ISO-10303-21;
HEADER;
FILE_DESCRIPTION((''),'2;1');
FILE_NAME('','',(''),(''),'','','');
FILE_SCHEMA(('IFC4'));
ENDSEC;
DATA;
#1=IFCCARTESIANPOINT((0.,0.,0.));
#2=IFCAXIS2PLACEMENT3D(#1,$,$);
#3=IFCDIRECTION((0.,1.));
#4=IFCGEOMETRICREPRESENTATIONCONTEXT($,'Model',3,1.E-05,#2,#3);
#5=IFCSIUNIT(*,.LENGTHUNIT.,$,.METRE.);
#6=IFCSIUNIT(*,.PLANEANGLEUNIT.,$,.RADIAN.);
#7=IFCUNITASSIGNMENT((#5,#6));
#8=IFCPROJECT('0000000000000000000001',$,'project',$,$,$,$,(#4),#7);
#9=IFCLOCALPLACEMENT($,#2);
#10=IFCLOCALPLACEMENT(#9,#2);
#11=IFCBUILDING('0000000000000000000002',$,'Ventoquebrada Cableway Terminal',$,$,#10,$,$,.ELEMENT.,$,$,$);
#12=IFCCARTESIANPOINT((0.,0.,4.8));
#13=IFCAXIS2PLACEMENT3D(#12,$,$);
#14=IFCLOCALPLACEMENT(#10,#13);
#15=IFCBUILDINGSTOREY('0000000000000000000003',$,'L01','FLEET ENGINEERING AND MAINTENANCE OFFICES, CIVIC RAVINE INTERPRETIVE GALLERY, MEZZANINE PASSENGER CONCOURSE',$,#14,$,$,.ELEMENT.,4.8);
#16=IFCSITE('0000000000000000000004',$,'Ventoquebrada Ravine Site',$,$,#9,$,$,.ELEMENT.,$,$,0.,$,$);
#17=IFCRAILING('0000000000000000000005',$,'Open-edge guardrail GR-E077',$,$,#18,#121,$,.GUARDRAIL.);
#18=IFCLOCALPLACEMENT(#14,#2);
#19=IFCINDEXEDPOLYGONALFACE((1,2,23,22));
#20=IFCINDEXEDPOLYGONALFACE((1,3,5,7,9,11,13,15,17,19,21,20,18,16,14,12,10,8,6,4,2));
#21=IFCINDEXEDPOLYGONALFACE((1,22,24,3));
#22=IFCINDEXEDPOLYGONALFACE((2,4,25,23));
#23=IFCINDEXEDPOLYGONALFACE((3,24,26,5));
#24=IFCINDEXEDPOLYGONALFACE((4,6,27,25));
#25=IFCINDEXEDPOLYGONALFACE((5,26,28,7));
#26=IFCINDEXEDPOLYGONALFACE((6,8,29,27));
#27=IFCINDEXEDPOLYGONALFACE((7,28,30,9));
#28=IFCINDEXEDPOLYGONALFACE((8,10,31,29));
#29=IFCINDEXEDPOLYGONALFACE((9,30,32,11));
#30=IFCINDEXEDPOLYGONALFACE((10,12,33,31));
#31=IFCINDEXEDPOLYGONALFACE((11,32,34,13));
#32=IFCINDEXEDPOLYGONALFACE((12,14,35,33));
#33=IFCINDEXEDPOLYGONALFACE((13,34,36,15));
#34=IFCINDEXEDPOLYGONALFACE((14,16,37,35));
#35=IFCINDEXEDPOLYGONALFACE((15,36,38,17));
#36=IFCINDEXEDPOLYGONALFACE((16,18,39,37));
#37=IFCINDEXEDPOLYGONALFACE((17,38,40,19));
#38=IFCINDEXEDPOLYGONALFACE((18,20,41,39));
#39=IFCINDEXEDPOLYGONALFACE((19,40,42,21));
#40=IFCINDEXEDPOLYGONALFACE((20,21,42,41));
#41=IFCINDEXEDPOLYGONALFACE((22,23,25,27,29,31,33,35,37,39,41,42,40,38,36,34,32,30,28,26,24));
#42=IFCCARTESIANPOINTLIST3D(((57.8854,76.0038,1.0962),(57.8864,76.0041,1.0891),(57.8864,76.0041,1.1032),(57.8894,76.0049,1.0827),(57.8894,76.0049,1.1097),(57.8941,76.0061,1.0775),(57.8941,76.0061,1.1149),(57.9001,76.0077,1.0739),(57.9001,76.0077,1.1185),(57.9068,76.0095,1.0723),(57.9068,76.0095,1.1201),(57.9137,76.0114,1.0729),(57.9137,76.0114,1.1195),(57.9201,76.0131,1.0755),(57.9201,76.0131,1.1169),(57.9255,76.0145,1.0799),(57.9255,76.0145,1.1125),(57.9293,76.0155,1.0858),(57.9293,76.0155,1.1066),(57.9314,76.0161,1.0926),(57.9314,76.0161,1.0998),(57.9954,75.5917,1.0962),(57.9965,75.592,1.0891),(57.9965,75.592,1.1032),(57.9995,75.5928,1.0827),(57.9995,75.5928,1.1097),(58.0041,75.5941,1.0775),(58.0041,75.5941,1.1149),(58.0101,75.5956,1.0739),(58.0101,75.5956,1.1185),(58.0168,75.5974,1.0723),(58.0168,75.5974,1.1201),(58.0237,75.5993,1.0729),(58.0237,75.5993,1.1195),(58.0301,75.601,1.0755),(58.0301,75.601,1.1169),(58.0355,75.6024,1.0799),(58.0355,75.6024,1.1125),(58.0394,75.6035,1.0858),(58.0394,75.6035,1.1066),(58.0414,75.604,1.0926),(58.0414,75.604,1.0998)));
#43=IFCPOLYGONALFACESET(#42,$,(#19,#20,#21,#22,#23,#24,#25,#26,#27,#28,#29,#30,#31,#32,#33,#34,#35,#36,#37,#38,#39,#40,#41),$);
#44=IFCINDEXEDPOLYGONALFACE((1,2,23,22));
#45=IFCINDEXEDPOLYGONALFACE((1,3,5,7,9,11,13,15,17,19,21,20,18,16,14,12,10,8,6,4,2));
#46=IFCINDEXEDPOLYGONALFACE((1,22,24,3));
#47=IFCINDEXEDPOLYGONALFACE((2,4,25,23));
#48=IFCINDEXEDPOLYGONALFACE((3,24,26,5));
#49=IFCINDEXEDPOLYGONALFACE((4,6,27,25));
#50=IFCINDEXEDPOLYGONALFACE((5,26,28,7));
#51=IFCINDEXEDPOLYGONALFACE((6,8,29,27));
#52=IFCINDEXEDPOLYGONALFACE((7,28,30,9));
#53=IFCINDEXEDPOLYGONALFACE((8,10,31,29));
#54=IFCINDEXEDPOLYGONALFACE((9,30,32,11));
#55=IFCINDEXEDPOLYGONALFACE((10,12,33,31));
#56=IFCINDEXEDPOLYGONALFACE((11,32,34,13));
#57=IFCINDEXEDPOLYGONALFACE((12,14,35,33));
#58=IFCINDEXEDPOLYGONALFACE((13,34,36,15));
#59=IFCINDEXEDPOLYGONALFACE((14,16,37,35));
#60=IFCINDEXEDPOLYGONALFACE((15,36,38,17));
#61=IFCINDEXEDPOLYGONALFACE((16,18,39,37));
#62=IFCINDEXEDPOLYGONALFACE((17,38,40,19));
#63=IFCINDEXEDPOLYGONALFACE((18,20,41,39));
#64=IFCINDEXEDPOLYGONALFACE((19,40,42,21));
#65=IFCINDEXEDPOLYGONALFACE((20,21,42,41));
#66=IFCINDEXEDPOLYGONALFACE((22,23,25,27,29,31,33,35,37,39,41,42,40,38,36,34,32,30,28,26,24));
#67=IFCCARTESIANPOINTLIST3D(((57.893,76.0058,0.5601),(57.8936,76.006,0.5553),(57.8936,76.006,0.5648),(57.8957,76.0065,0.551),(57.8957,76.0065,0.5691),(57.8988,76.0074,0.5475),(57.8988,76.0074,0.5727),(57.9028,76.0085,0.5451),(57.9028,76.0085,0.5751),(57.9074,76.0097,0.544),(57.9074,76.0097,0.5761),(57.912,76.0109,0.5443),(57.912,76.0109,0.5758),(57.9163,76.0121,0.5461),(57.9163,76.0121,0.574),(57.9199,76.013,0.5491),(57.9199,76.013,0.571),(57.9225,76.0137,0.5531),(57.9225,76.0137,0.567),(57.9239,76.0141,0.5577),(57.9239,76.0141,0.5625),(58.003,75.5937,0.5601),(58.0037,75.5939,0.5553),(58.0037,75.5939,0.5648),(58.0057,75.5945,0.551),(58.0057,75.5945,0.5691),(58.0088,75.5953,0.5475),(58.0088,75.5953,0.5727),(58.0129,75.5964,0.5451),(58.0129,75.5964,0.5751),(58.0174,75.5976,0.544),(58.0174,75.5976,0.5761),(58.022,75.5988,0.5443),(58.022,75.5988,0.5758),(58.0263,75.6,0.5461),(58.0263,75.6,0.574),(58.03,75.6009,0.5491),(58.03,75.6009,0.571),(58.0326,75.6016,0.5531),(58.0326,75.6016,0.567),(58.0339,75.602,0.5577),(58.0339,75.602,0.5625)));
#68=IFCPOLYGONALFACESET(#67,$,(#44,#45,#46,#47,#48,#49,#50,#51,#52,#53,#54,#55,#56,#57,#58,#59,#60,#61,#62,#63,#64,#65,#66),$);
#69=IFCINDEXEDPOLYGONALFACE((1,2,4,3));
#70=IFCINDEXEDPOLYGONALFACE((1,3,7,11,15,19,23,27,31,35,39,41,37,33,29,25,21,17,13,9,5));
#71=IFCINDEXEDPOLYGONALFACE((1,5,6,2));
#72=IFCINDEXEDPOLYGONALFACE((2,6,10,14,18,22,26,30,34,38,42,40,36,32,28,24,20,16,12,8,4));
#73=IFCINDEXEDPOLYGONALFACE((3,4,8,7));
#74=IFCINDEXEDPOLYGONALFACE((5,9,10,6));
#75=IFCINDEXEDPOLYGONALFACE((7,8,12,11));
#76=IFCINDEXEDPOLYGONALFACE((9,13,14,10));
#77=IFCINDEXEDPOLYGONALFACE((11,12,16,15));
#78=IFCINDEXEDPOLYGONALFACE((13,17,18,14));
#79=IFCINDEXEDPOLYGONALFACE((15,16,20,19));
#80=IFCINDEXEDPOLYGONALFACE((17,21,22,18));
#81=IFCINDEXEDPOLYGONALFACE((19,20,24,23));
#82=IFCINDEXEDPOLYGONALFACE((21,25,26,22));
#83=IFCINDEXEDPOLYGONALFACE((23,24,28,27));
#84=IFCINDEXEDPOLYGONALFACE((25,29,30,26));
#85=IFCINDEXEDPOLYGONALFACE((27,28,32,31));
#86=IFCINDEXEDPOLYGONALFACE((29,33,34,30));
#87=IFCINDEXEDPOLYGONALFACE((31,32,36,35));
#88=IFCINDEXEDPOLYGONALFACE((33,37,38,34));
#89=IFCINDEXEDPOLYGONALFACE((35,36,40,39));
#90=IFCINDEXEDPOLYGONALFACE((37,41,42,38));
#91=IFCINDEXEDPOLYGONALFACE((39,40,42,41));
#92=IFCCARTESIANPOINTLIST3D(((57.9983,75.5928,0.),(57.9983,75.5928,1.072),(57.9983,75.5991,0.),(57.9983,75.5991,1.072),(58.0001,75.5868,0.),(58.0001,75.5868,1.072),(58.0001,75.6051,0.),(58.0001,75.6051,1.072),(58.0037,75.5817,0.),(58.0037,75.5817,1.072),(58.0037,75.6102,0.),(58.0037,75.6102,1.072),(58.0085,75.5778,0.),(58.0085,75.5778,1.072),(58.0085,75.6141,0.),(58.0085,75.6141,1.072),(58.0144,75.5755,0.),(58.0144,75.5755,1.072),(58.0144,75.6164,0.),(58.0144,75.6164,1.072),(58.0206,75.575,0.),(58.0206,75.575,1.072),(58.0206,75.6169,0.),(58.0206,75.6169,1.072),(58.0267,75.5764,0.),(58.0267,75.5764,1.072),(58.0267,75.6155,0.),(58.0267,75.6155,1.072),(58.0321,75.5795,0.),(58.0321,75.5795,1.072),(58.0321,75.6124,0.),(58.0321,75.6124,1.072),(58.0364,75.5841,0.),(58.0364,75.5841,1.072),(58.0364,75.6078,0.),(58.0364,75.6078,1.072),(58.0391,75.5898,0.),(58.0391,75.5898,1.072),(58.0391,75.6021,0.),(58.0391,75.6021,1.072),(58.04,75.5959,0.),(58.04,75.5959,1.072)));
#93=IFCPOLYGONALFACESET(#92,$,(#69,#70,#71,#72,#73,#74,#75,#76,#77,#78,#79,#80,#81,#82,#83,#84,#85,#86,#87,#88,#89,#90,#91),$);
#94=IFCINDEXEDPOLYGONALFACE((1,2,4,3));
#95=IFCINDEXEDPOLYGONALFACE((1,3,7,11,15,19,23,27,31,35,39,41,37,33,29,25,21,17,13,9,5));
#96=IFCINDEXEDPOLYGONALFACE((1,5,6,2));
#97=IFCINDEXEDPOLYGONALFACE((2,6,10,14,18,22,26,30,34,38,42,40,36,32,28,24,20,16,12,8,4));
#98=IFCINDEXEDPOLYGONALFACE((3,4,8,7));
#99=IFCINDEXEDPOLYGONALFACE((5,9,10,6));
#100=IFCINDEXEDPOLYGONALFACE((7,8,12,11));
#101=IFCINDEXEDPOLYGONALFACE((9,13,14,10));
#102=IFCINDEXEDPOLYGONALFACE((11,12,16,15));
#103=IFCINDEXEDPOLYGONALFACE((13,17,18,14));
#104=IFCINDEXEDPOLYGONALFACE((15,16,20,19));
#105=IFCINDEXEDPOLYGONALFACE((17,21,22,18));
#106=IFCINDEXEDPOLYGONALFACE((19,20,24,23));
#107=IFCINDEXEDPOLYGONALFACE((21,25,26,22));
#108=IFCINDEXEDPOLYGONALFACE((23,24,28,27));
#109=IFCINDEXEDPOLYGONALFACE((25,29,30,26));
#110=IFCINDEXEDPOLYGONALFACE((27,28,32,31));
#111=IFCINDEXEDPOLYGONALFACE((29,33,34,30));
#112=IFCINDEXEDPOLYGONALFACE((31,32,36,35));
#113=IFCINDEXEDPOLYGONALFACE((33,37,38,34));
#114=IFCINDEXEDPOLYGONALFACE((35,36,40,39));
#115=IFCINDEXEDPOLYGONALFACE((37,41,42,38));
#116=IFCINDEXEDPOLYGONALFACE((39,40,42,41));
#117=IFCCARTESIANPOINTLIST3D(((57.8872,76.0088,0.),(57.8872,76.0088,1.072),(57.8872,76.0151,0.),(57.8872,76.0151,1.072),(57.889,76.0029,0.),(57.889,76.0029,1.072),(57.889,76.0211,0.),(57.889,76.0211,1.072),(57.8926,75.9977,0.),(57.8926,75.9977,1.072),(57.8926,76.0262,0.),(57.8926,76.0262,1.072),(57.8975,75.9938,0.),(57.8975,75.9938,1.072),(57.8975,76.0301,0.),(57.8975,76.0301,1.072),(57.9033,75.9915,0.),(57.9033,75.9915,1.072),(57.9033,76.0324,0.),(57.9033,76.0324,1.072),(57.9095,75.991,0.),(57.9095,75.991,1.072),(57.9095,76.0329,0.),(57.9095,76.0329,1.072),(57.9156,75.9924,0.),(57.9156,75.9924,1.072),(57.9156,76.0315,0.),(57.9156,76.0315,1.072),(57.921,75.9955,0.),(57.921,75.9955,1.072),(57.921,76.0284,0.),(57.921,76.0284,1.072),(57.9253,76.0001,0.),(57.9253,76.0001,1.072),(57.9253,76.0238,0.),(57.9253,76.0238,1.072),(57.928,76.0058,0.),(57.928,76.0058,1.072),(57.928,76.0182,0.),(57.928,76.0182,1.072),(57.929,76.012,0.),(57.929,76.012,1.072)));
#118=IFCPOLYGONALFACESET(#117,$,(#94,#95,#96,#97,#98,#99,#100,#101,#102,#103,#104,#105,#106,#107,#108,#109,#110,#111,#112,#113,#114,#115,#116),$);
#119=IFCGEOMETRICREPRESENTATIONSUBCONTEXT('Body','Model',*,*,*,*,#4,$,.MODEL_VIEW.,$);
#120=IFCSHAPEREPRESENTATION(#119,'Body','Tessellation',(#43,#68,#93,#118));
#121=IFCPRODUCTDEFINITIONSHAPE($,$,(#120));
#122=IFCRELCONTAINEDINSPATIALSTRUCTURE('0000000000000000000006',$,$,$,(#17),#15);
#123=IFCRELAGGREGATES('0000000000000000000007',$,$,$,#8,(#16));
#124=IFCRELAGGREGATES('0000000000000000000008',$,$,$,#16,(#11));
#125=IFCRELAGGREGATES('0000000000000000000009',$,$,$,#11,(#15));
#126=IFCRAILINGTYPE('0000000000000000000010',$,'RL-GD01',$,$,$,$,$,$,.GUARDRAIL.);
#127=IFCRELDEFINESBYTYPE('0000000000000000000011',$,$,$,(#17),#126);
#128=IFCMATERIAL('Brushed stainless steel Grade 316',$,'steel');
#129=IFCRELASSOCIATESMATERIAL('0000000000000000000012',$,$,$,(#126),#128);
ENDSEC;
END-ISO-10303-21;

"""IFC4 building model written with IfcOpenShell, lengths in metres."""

from ifc_helpers import new_model, si_unit, direction, frame, origin, origin_2d, place, context, subcontext, project, spatial, circle, extrude, material, type_object, element, save


model = new_model("IFC4")

# Units and contexts
model_context = context("Model", 3, precision=1e-05, world=origin(), true_north=direction((0.0, 1.0)))
body_context = subcontext(model_context, "Body", "Model", "MODEL_VIEW")
ifc_project = project(units=[si_unit("LENGTHUNIT", "METRE"), si_unit("PLANEANGLEUNIT", "RADIAN")], contexts=[model_context])

# Site, building, storey
site_placement = place(None, origin())
site = spatial("IfcSite", under=ifc_project, at=site_placement, Name="Ventoquebrada Ravine Site", CompositionType="ELEMENT", RefElevation=0.0)
building_placement = place(site_placement, origin())
building = spatial("IfcBuilding", under=site, at=building_placement, Name="Ventoquebrada Cableway Terminal", CompositionType="ELEMENT")
storey_placement = place(building_placement, frame((0.0, 0.0, 4.8)))
storey = spatial("IfcBuildingStorey", under=building, at=storey_placement, Name="L01", Description="FLEET ENGINEERING AND MAINTENANCE OFFICES, CIVIC RAVINE INTERPRETIVE GALLERY, MEZZANINE PASSENGER CONCOURSE", CompositionType="ELEMENT", Elevation=4.8)

# Railing
ifc_material_1 = material(Name="Brushed stainless steel Grade 316", Category="steel")
railing_type_1 = type_object("IfcRailingType", Name="RL-GD01", PredefinedType="GUARDRAIL", material=ifc_material_1)
railing_1_placement = place(storey_placement, frame((58.019, 75.5959, 0.0)))
element("IfcRailing", 1, at=railing_1_placement, inside=storey, type_object=railing_type_1, Name="Open-edge guardrail GR-E077", PredefinedType="GUARDRAIL", context=body_context, shape_type="SweptSolid", body=[
    extrude(circle(Radius=0.0239, at=origin_2d()), frame((-0.0005, 0.002, 1.0962), z_axis=(-0.25798, 0.96615, 0.0), x_axis=(-0.96615, -0.25798, 0.0)), (0.0, 0.0, 1.0), 0.4265),
    extrude(circle(Radius=0.0161, at=origin_2d()), frame((-0.0005, 0.002, 0.5601), z_axis=(-0.25798, 0.96615, 0.0), x_axis=(-0.96615, -0.25798, 0.0)), (0.0, 0.0, 1.0), 0.4265),
    extrude(circle(Radius=0.021, at=origin_2d()), origin(), (0.0, 0.0, 1.0), 1.072),
    extrude(circle(Radius=0.021, at=origin_2d()), frame((-0.1111, 0.416, 0.0)), (0.0, 0.0, 1.0), 1.072),
])

save(model, "model.ifc")
